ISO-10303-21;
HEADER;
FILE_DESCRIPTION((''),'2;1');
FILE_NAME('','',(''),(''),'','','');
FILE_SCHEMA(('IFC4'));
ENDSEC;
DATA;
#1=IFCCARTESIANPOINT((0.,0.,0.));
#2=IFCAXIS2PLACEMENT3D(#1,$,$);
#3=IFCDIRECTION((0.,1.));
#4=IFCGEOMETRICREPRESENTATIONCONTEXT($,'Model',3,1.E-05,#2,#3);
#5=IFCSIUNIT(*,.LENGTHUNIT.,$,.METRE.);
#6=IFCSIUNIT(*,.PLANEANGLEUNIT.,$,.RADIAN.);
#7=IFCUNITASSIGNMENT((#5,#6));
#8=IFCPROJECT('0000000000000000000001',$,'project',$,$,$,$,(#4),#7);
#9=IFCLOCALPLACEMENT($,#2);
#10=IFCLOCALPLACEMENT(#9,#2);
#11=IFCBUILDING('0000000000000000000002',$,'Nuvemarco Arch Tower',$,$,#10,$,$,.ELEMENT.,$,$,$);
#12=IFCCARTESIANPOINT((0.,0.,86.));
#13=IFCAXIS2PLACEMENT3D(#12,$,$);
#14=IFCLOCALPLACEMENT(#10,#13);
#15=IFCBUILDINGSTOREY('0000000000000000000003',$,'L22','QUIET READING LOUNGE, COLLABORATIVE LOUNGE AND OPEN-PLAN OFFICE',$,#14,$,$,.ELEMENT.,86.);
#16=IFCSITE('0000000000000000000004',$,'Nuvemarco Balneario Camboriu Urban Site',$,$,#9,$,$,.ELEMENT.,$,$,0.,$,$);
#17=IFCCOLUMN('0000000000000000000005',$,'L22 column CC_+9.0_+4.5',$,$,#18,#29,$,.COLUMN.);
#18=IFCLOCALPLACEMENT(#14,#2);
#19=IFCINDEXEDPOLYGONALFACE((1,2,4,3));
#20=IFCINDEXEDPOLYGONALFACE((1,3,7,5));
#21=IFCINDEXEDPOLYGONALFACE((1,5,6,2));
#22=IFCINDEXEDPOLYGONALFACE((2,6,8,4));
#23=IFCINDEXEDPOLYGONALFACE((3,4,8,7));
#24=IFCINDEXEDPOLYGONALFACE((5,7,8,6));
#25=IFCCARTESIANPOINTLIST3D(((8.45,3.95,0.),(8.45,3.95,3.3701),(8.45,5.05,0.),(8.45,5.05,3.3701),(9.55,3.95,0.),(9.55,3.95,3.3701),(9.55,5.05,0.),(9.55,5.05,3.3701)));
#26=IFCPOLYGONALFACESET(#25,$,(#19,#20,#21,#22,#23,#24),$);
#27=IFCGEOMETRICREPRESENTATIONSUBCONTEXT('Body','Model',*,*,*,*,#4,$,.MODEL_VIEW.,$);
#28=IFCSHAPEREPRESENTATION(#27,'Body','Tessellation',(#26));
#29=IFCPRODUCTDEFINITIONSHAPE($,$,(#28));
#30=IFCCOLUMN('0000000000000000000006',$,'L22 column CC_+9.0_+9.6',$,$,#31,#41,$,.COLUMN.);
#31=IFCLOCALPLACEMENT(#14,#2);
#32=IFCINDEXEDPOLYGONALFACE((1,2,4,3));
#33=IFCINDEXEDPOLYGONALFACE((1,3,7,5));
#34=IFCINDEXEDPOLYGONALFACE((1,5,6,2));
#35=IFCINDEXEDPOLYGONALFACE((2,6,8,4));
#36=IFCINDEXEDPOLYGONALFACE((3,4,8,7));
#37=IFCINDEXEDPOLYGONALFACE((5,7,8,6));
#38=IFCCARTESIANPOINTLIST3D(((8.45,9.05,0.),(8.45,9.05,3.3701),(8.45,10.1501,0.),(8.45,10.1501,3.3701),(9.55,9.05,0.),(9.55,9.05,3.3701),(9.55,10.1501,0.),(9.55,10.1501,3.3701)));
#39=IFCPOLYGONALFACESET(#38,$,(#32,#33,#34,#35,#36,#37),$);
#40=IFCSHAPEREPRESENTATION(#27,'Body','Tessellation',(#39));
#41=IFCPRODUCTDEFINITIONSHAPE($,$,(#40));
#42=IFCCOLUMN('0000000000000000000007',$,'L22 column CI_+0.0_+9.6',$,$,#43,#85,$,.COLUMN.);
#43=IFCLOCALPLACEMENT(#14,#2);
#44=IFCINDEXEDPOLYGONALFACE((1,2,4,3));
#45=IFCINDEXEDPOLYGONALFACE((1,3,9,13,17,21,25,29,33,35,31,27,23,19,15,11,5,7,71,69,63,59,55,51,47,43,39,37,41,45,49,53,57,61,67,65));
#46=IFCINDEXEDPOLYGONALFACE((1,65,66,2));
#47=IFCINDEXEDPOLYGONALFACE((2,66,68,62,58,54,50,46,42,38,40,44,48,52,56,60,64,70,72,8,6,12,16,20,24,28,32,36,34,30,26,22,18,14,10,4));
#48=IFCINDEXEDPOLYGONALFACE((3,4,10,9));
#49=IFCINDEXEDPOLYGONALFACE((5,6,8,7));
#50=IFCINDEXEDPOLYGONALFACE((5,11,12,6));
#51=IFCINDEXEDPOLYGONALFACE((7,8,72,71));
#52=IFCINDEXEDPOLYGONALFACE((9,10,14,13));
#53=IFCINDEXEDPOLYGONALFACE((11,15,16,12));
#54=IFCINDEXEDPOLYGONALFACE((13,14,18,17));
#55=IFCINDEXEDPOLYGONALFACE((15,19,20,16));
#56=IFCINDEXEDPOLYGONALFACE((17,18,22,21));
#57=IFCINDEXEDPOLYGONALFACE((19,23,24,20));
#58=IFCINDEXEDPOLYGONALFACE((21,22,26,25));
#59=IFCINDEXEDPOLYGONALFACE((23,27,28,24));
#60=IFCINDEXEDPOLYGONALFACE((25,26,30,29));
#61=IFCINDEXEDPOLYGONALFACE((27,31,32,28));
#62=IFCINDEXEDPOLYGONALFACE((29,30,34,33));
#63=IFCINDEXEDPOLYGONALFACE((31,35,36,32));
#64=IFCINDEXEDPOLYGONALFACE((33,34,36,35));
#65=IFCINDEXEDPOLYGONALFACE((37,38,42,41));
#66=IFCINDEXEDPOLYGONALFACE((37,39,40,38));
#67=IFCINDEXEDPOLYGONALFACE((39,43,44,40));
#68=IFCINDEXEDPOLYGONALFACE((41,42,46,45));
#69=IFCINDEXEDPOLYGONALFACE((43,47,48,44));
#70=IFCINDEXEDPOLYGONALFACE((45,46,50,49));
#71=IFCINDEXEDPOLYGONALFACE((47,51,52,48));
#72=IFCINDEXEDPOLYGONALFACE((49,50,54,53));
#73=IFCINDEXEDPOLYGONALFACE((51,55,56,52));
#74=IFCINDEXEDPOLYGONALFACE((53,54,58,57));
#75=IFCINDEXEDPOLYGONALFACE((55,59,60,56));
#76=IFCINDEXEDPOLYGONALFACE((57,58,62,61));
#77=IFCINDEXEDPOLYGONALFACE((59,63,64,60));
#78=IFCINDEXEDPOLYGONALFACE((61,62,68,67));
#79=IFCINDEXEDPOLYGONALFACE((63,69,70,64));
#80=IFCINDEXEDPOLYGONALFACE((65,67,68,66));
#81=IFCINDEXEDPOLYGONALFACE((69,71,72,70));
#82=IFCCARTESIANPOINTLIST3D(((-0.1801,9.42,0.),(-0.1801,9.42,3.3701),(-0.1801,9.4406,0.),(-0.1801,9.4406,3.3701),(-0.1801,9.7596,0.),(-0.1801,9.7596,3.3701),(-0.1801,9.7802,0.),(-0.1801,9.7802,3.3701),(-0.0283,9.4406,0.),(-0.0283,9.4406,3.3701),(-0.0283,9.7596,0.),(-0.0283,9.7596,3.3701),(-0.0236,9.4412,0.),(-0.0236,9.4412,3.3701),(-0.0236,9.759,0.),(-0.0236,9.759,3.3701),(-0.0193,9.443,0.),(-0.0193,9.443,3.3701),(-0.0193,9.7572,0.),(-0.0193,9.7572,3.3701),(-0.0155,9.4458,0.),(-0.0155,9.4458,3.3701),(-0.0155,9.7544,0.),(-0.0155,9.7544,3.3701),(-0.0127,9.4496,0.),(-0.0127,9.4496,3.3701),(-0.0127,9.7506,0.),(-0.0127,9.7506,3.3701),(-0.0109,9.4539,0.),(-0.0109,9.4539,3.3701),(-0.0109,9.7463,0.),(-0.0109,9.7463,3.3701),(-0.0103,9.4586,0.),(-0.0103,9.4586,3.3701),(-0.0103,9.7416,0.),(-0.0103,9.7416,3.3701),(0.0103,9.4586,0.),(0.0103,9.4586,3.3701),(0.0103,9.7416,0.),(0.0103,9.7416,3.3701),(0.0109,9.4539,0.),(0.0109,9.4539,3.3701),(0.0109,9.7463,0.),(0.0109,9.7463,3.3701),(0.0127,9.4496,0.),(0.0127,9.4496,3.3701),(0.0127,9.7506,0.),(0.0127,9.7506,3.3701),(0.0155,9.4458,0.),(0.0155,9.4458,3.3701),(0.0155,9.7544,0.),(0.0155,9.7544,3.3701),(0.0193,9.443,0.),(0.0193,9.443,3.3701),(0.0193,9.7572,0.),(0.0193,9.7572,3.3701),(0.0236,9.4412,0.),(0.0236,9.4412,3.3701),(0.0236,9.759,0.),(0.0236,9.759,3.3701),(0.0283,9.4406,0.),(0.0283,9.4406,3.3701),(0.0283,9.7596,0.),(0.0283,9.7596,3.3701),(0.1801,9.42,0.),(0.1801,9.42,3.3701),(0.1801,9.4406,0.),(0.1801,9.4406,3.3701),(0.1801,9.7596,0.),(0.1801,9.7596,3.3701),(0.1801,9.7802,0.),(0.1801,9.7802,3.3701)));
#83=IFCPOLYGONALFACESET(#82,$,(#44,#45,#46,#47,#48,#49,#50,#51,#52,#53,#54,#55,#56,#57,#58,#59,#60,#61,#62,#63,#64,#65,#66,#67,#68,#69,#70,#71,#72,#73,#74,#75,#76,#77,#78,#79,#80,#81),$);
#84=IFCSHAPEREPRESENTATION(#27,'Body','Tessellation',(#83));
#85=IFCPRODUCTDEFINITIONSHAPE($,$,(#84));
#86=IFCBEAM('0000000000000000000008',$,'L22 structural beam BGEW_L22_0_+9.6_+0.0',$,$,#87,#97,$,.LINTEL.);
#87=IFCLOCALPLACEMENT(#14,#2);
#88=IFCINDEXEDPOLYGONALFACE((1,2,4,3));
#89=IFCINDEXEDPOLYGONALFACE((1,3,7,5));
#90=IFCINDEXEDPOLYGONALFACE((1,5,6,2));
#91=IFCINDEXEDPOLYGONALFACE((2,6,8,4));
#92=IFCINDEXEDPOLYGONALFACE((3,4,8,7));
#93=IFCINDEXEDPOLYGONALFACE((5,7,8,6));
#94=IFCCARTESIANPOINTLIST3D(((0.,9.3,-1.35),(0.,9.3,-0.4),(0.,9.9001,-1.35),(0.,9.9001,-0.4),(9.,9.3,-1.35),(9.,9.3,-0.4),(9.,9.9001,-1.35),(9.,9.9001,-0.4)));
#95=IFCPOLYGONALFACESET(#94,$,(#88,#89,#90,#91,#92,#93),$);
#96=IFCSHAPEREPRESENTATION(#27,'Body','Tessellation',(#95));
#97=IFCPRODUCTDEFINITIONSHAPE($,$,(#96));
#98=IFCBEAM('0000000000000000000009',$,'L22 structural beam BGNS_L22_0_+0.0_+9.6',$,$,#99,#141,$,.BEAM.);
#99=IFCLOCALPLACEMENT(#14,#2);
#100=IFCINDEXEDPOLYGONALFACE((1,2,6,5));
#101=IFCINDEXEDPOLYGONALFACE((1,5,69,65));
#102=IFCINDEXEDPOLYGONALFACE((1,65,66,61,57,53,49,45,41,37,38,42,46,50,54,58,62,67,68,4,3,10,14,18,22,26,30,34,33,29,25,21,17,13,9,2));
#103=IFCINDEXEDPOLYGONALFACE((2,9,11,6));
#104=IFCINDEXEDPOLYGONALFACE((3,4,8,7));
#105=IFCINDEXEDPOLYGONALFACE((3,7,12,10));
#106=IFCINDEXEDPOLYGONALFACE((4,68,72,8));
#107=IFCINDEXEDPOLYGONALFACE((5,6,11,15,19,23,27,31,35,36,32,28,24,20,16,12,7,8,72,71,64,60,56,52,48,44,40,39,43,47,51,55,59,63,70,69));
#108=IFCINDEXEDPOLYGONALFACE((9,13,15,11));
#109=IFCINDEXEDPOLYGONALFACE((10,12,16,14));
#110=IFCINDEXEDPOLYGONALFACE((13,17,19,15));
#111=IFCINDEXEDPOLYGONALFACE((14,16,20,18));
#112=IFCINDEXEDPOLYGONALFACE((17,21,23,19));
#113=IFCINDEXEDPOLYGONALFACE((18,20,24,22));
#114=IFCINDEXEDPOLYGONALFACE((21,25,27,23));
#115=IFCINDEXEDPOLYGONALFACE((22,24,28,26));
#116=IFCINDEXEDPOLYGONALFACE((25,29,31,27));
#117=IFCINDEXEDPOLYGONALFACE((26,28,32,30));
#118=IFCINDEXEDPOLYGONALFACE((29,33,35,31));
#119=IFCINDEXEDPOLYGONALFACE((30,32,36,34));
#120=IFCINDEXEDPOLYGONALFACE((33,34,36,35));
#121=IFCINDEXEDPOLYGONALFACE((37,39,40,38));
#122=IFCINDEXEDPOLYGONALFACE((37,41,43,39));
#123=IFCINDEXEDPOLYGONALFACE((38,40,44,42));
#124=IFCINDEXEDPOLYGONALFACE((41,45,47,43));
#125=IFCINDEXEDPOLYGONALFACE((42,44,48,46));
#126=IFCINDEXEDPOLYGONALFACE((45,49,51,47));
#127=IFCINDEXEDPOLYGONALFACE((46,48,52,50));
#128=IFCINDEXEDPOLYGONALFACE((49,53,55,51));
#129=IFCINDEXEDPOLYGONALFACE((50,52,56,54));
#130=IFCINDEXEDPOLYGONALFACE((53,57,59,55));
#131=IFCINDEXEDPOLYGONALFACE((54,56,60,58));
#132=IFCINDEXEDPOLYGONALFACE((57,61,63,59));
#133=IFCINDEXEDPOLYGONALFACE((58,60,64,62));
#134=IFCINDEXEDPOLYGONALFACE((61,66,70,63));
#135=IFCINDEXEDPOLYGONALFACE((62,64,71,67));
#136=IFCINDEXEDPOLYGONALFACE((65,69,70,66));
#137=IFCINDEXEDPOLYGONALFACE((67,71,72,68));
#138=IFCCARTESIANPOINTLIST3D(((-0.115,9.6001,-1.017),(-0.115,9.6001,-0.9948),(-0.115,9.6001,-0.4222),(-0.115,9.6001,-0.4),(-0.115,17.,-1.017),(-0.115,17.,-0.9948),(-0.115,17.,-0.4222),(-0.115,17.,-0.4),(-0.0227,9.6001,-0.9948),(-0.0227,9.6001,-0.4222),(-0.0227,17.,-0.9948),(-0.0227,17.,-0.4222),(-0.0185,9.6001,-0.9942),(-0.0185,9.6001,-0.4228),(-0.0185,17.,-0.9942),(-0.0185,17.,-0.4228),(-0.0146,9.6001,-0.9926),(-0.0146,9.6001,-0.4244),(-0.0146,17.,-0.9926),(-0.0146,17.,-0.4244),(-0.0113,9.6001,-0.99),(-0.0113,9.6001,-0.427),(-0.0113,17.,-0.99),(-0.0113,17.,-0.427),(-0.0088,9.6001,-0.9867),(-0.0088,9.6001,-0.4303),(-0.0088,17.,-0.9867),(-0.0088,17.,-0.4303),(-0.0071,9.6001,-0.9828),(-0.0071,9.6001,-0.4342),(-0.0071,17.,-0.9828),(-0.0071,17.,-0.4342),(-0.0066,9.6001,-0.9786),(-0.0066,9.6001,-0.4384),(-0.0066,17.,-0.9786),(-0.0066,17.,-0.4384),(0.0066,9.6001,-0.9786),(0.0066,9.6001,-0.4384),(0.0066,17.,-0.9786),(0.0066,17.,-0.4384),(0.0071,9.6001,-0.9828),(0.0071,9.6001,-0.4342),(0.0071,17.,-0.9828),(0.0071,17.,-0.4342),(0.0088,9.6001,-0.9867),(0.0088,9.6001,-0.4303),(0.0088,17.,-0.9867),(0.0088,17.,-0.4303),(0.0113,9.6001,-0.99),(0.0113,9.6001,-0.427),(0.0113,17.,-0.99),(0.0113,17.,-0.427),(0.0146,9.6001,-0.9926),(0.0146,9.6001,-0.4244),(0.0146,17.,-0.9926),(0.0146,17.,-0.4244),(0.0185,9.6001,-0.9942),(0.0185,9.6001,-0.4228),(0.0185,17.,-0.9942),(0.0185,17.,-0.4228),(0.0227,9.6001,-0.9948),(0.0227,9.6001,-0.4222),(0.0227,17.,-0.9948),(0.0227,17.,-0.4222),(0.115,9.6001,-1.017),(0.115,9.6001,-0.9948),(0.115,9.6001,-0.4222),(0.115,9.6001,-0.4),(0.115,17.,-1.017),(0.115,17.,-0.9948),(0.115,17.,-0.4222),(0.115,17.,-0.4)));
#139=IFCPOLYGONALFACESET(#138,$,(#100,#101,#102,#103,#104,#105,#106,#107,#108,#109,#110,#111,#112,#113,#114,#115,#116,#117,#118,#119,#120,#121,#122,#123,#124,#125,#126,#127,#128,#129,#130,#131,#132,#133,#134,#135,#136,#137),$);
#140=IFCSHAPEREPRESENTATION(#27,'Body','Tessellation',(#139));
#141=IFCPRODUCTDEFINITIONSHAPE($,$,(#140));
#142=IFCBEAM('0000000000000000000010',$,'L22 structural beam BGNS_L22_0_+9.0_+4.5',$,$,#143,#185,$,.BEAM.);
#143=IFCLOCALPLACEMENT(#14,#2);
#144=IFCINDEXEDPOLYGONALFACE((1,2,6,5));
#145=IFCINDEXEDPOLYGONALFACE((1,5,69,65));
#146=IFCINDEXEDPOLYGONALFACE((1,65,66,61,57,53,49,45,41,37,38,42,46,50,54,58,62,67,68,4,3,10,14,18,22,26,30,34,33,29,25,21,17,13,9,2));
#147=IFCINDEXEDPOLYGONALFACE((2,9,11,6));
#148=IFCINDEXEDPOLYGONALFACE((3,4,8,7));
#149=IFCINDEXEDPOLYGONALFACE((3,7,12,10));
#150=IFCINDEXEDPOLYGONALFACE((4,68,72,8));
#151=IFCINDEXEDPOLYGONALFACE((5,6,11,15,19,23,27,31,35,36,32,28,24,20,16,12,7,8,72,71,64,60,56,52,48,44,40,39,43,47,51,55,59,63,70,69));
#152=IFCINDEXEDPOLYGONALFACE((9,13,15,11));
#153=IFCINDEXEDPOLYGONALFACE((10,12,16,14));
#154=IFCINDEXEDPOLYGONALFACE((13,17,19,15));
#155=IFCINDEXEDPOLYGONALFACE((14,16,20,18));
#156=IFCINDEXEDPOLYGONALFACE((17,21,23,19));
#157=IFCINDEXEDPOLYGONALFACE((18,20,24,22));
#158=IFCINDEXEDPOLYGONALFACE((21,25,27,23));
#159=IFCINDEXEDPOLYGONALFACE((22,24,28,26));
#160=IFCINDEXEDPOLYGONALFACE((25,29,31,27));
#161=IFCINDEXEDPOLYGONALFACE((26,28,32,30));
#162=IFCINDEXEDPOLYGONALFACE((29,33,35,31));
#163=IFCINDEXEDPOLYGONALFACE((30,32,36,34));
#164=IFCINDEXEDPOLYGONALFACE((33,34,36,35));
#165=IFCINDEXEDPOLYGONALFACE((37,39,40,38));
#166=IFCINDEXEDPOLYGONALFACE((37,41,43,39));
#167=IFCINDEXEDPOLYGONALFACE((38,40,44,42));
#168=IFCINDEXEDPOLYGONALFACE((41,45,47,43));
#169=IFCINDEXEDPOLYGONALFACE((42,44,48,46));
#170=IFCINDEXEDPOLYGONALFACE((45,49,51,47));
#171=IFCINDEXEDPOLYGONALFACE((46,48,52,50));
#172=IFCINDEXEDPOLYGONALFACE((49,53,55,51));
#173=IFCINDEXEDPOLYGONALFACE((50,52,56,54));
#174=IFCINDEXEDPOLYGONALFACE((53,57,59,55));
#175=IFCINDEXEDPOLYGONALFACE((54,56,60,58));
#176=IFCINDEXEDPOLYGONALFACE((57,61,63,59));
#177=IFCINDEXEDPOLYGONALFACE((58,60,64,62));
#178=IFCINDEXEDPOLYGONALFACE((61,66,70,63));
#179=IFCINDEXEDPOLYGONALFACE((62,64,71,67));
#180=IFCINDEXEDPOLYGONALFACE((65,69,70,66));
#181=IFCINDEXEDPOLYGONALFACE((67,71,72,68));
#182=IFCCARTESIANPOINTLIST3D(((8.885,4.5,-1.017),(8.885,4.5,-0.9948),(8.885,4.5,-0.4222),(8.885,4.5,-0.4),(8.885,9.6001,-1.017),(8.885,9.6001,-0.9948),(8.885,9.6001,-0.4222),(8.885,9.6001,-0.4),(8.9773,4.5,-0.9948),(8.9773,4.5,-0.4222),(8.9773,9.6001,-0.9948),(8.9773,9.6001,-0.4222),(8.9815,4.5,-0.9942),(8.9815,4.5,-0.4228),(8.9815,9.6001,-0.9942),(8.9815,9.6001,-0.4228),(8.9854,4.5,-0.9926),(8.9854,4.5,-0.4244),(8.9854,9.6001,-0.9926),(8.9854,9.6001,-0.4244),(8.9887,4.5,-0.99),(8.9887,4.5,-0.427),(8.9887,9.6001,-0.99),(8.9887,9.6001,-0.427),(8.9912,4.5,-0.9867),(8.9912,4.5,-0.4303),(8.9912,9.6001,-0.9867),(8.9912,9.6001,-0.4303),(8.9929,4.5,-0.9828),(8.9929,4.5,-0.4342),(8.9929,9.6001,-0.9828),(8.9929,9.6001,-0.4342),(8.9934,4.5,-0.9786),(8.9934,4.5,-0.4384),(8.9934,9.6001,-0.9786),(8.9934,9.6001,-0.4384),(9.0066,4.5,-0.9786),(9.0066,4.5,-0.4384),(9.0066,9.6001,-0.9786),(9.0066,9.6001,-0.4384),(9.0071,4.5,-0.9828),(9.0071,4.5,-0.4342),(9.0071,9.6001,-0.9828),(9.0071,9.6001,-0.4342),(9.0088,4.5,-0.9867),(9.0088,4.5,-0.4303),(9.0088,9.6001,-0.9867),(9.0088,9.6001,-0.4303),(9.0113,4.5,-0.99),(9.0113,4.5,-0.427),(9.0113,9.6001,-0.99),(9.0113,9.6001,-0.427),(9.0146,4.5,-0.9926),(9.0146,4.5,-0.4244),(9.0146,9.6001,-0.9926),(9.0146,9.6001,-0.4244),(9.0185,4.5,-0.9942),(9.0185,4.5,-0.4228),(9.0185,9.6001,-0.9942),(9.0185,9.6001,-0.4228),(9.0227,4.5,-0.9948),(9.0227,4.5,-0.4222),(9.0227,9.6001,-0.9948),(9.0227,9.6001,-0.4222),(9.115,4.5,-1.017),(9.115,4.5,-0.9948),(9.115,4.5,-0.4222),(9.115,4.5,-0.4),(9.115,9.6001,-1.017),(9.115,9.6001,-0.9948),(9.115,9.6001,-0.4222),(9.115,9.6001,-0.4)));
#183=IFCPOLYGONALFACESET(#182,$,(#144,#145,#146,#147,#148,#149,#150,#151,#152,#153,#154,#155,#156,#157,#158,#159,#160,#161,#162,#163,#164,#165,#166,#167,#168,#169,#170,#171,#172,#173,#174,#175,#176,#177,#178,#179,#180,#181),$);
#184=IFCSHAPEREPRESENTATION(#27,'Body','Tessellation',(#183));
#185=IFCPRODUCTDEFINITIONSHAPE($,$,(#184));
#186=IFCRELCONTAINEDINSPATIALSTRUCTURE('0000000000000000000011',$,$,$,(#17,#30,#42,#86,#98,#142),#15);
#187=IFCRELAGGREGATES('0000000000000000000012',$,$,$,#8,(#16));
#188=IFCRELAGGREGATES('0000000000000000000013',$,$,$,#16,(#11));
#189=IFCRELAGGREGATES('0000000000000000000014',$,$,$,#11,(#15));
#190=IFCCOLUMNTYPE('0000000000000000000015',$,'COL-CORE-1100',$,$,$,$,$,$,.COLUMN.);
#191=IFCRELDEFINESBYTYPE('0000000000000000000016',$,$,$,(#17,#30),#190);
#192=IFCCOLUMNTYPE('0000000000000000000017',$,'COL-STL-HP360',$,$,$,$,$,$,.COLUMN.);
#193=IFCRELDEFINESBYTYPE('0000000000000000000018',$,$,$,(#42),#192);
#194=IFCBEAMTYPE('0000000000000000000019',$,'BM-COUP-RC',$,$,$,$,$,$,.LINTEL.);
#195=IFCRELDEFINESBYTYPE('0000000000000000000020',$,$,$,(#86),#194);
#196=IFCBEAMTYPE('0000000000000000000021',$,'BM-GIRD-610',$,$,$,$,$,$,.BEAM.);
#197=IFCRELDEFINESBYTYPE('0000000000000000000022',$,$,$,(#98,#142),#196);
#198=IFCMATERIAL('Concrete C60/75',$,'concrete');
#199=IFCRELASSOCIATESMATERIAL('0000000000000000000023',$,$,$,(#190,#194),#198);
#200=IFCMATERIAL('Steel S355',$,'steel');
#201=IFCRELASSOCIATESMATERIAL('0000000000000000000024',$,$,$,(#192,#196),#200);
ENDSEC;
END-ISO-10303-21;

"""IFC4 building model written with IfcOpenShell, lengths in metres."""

from ifc_helpers import new_model, si_unit, direction, frame, origin, origin_2d, place, context, subcontext, project, spatial, rectangle, i_section, extrude, material, material_profile, profile_set, type_object, element, save


model = new_model("IFC4")

# Units and contexts
model_context = context("Model", 3, precision=1e-05, world=origin(), true_north=direction((0.0, 1.0)))
body_context = subcontext(model_context, "Body", "Model", "MODEL_VIEW")
ifc_project = project(units=[si_unit("LENGTHUNIT", "METRE"), si_unit("PLANEANGLEUNIT", "RADIAN")], contexts=[model_context])

# Site, building, storey
site_placement = place(None, origin())
site = spatial("IfcSite", under=ifc_project, at=site_placement, Name="Nuvemarco Balneario Camboriu Urban Site", CompositionType="ELEMENT", RefElevation=0.0)
building_placement = place(site_placement, origin())
building = spatial("IfcBuilding", under=site, at=building_placement, Name="Nuvemarco Arch Tower", CompositionType="ELEMENT")
storey_placement = place(building_placement, frame((0.0, 0.0, 86.0)))
storey = spatial("IfcBuildingStorey", under=building, at=storey_placement, Name="L22", Description="QUIET READING LOUNGE, COLLABORATIVE LOUNGE AND OPEN-PLAN OFFICE", CompositionType="ELEMENT", Elevation=86.0)

# Columns
ifc_material_1 = material(Name="Concrete C60/75", Category="concrete")
ifc_material_profile_1 = material_profile(ifc_material_1, rectangle(XDim=1.1001, YDim=1.1001, at=origin_2d()), Name="RC-COL-1100x1100")
ifc_profile_set_1 = profile_set([ifc_material_profile_1], Name="Concrete C60/75")
column_type_1 = type_object("IfcColumnType", Name="COL-CORE-1100", PredefinedType="COLUMN", material=ifc_profile_set_1)
for number, where, z_axis, x_axis, name in (
    (1, (9.0, 4.5, 0.0), (0.0, 0.0, 1.0), (1.0, 0.0, 0.0), "L22 column CC_+9.0_+4.5"),
    (2, (9.0, 9.6001, 0.0), (0.0, 0.0, 1.0), (1.0, 0.0, 0.0), "L22 column CC_+9.0_+9.6"),
):
    element("IfcColumn", number, at=place(storey_placement, frame(where, z_axis=z_axis, x_axis=x_axis)), inside=storey, type_object=column_type_1, Name=name, PredefinedType="COLUMN", context=body_context, shape_type="SweptSolid", body=[
        extrude(rectangle(XDim=1.1001, YDim=1.1001, at=origin_2d()), origin(), (0.0, 0.0, 1.0), 3.3701),
    ])
ifc_material_2 = material(Name="Steel S355", Category="steel")
ifc_material_profile_2 = material_profile(ifc_material_2, i_section(OverallWidth=0.3601, OverallDepth=0.3601, WebThickness=0.0205, FlangeThickness=0.0205, FilletRadius=0.0181, at=origin_2d()), Name="HP360x174")
ifc_profile_set_2 = profile_set([ifc_material_profile_2], Name="Steel S355")
column_type_2 = type_object("IfcColumnType", Name="COL-STL-HP360", PredefinedType="COLUMN", material=ifc_profile_set_2)
column_placement = place(storey_placement, frame((0.0, 9.6001, 0.0), z_axis=(0.0, 0.0, 1.0), x_axis=(1.0, 0.0, 0.0)))
element("IfcColumn", 3, at=column_placement, inside=storey, type_object=column_type_2, Name="L22 column CI_+0.0_+9.6", PredefinedType="COLUMN", context=body_context, shape_type="SweptSolid", body=[
    extrude(i_section(OverallWidth=0.3601, OverallDepth=0.3601, WebThickness=0.0205, FlangeThickness=0.0205, FilletRadius=0.0181, at=origin_2d()), origin(), (0.0, 0.0, 1.0), 3.3701),
])

# Beams
ifc_material_profile_3 = material_profile(ifc_material_1, rectangle(XDim=0.6001, YDim=0.95, at=origin_2d()), Name="RC-BM-600x950")
ifc_profile_set_3 = profile_set([ifc_material_profile_3], Name="Concrete C60/75")
beam_type_1 = type_object("IfcBeamType", Name="BM-COUP-RC", PredefinedType="LINTEL", material=ifc_profile_set_3)
beam_1_placement = place(storey_placement, frame((0.0, 9.6001, -0.875), z_axis=(1.0, 0.0, 0.0), x_axis=(0.0, 1.0, 0.0)))
element("IfcBeam", 4, at=beam_1_placement, inside=storey, type_object=beam_type_1, Name="L22 structural beam BGEW_L22_0_+9.6_+0.0", PredefinedType="LINTEL", context=body_context, shape_type="SweptSolid", body=[
    extrude(rectangle(XDim=0.6001, YDim=0.95, at=origin_2d()), origin(), (0.0, 0.0, 1.0), 9.0),
])
ifc_material_profile_4 = material_profile(ifc_material_2, i_section(OverallWidth=0.23, OverallDepth=0.6169, WebThickness=0.0132, FlangeThickness=0.0222, FilletRadius=0.0161, at=origin_2d()), Name="W610x140")
ifc_profile_set_4 = profile_set([ifc_material_profile_4], Name="Steel S355")
beam_type_2 = type_object("IfcBeamType", Name="BM-GIRD-610", PredefinedType="BEAM", material=ifc_profile_set_4)
beam_2_placement = place(storey_placement, frame((0.0, 9.6001, -0.7085), z_axis=(0.0, 1.0, 0.0), x_axis=(-1.0, 0.0, 0.0)))
element("IfcBeam", 5, at=beam_2_placement, inside=storey, type_object=beam_type_2, Name="L22 structural beam BGNS_L22_0_+0.0_+9.6", PredefinedType="BEAM", context=body_context, shape_type="SweptSolid", body=[
    extrude(i_section(OverallWidth=0.23, OverallDepth=0.6169, WebThickness=0.0132, FlangeThickness=0.0222, FilletRadius=0.0161, at=origin_2d()), origin(), (0.0, 0.0, 1.0), 7.3999),
])
beam_3_placement = place(storey_placement, frame((9.0, 4.5, -0.7085), z_axis=(0.0, 1.0, 0.0), x_axis=(-1.0, 0.0, 0.0)))
element("IfcBeam", 6, at=beam_3_placement, inside=storey, type_object=beam_type_2, Name="L22 structural beam BGNS_L22_0_+9.0_+4.5", PredefinedType="BEAM", context=body_context, shape_type="SweptSolid", body=[
    extrude(i_section(OverallWidth=0.23, OverallDepth=0.6169, WebThickness=0.0132, FlangeThickness=0.0222, FilletRadius=0.0161, at=origin_2d()), origin(), (0.0, 0.0, 1.0), 5.1001),
])

save(model, "model.ifc")
